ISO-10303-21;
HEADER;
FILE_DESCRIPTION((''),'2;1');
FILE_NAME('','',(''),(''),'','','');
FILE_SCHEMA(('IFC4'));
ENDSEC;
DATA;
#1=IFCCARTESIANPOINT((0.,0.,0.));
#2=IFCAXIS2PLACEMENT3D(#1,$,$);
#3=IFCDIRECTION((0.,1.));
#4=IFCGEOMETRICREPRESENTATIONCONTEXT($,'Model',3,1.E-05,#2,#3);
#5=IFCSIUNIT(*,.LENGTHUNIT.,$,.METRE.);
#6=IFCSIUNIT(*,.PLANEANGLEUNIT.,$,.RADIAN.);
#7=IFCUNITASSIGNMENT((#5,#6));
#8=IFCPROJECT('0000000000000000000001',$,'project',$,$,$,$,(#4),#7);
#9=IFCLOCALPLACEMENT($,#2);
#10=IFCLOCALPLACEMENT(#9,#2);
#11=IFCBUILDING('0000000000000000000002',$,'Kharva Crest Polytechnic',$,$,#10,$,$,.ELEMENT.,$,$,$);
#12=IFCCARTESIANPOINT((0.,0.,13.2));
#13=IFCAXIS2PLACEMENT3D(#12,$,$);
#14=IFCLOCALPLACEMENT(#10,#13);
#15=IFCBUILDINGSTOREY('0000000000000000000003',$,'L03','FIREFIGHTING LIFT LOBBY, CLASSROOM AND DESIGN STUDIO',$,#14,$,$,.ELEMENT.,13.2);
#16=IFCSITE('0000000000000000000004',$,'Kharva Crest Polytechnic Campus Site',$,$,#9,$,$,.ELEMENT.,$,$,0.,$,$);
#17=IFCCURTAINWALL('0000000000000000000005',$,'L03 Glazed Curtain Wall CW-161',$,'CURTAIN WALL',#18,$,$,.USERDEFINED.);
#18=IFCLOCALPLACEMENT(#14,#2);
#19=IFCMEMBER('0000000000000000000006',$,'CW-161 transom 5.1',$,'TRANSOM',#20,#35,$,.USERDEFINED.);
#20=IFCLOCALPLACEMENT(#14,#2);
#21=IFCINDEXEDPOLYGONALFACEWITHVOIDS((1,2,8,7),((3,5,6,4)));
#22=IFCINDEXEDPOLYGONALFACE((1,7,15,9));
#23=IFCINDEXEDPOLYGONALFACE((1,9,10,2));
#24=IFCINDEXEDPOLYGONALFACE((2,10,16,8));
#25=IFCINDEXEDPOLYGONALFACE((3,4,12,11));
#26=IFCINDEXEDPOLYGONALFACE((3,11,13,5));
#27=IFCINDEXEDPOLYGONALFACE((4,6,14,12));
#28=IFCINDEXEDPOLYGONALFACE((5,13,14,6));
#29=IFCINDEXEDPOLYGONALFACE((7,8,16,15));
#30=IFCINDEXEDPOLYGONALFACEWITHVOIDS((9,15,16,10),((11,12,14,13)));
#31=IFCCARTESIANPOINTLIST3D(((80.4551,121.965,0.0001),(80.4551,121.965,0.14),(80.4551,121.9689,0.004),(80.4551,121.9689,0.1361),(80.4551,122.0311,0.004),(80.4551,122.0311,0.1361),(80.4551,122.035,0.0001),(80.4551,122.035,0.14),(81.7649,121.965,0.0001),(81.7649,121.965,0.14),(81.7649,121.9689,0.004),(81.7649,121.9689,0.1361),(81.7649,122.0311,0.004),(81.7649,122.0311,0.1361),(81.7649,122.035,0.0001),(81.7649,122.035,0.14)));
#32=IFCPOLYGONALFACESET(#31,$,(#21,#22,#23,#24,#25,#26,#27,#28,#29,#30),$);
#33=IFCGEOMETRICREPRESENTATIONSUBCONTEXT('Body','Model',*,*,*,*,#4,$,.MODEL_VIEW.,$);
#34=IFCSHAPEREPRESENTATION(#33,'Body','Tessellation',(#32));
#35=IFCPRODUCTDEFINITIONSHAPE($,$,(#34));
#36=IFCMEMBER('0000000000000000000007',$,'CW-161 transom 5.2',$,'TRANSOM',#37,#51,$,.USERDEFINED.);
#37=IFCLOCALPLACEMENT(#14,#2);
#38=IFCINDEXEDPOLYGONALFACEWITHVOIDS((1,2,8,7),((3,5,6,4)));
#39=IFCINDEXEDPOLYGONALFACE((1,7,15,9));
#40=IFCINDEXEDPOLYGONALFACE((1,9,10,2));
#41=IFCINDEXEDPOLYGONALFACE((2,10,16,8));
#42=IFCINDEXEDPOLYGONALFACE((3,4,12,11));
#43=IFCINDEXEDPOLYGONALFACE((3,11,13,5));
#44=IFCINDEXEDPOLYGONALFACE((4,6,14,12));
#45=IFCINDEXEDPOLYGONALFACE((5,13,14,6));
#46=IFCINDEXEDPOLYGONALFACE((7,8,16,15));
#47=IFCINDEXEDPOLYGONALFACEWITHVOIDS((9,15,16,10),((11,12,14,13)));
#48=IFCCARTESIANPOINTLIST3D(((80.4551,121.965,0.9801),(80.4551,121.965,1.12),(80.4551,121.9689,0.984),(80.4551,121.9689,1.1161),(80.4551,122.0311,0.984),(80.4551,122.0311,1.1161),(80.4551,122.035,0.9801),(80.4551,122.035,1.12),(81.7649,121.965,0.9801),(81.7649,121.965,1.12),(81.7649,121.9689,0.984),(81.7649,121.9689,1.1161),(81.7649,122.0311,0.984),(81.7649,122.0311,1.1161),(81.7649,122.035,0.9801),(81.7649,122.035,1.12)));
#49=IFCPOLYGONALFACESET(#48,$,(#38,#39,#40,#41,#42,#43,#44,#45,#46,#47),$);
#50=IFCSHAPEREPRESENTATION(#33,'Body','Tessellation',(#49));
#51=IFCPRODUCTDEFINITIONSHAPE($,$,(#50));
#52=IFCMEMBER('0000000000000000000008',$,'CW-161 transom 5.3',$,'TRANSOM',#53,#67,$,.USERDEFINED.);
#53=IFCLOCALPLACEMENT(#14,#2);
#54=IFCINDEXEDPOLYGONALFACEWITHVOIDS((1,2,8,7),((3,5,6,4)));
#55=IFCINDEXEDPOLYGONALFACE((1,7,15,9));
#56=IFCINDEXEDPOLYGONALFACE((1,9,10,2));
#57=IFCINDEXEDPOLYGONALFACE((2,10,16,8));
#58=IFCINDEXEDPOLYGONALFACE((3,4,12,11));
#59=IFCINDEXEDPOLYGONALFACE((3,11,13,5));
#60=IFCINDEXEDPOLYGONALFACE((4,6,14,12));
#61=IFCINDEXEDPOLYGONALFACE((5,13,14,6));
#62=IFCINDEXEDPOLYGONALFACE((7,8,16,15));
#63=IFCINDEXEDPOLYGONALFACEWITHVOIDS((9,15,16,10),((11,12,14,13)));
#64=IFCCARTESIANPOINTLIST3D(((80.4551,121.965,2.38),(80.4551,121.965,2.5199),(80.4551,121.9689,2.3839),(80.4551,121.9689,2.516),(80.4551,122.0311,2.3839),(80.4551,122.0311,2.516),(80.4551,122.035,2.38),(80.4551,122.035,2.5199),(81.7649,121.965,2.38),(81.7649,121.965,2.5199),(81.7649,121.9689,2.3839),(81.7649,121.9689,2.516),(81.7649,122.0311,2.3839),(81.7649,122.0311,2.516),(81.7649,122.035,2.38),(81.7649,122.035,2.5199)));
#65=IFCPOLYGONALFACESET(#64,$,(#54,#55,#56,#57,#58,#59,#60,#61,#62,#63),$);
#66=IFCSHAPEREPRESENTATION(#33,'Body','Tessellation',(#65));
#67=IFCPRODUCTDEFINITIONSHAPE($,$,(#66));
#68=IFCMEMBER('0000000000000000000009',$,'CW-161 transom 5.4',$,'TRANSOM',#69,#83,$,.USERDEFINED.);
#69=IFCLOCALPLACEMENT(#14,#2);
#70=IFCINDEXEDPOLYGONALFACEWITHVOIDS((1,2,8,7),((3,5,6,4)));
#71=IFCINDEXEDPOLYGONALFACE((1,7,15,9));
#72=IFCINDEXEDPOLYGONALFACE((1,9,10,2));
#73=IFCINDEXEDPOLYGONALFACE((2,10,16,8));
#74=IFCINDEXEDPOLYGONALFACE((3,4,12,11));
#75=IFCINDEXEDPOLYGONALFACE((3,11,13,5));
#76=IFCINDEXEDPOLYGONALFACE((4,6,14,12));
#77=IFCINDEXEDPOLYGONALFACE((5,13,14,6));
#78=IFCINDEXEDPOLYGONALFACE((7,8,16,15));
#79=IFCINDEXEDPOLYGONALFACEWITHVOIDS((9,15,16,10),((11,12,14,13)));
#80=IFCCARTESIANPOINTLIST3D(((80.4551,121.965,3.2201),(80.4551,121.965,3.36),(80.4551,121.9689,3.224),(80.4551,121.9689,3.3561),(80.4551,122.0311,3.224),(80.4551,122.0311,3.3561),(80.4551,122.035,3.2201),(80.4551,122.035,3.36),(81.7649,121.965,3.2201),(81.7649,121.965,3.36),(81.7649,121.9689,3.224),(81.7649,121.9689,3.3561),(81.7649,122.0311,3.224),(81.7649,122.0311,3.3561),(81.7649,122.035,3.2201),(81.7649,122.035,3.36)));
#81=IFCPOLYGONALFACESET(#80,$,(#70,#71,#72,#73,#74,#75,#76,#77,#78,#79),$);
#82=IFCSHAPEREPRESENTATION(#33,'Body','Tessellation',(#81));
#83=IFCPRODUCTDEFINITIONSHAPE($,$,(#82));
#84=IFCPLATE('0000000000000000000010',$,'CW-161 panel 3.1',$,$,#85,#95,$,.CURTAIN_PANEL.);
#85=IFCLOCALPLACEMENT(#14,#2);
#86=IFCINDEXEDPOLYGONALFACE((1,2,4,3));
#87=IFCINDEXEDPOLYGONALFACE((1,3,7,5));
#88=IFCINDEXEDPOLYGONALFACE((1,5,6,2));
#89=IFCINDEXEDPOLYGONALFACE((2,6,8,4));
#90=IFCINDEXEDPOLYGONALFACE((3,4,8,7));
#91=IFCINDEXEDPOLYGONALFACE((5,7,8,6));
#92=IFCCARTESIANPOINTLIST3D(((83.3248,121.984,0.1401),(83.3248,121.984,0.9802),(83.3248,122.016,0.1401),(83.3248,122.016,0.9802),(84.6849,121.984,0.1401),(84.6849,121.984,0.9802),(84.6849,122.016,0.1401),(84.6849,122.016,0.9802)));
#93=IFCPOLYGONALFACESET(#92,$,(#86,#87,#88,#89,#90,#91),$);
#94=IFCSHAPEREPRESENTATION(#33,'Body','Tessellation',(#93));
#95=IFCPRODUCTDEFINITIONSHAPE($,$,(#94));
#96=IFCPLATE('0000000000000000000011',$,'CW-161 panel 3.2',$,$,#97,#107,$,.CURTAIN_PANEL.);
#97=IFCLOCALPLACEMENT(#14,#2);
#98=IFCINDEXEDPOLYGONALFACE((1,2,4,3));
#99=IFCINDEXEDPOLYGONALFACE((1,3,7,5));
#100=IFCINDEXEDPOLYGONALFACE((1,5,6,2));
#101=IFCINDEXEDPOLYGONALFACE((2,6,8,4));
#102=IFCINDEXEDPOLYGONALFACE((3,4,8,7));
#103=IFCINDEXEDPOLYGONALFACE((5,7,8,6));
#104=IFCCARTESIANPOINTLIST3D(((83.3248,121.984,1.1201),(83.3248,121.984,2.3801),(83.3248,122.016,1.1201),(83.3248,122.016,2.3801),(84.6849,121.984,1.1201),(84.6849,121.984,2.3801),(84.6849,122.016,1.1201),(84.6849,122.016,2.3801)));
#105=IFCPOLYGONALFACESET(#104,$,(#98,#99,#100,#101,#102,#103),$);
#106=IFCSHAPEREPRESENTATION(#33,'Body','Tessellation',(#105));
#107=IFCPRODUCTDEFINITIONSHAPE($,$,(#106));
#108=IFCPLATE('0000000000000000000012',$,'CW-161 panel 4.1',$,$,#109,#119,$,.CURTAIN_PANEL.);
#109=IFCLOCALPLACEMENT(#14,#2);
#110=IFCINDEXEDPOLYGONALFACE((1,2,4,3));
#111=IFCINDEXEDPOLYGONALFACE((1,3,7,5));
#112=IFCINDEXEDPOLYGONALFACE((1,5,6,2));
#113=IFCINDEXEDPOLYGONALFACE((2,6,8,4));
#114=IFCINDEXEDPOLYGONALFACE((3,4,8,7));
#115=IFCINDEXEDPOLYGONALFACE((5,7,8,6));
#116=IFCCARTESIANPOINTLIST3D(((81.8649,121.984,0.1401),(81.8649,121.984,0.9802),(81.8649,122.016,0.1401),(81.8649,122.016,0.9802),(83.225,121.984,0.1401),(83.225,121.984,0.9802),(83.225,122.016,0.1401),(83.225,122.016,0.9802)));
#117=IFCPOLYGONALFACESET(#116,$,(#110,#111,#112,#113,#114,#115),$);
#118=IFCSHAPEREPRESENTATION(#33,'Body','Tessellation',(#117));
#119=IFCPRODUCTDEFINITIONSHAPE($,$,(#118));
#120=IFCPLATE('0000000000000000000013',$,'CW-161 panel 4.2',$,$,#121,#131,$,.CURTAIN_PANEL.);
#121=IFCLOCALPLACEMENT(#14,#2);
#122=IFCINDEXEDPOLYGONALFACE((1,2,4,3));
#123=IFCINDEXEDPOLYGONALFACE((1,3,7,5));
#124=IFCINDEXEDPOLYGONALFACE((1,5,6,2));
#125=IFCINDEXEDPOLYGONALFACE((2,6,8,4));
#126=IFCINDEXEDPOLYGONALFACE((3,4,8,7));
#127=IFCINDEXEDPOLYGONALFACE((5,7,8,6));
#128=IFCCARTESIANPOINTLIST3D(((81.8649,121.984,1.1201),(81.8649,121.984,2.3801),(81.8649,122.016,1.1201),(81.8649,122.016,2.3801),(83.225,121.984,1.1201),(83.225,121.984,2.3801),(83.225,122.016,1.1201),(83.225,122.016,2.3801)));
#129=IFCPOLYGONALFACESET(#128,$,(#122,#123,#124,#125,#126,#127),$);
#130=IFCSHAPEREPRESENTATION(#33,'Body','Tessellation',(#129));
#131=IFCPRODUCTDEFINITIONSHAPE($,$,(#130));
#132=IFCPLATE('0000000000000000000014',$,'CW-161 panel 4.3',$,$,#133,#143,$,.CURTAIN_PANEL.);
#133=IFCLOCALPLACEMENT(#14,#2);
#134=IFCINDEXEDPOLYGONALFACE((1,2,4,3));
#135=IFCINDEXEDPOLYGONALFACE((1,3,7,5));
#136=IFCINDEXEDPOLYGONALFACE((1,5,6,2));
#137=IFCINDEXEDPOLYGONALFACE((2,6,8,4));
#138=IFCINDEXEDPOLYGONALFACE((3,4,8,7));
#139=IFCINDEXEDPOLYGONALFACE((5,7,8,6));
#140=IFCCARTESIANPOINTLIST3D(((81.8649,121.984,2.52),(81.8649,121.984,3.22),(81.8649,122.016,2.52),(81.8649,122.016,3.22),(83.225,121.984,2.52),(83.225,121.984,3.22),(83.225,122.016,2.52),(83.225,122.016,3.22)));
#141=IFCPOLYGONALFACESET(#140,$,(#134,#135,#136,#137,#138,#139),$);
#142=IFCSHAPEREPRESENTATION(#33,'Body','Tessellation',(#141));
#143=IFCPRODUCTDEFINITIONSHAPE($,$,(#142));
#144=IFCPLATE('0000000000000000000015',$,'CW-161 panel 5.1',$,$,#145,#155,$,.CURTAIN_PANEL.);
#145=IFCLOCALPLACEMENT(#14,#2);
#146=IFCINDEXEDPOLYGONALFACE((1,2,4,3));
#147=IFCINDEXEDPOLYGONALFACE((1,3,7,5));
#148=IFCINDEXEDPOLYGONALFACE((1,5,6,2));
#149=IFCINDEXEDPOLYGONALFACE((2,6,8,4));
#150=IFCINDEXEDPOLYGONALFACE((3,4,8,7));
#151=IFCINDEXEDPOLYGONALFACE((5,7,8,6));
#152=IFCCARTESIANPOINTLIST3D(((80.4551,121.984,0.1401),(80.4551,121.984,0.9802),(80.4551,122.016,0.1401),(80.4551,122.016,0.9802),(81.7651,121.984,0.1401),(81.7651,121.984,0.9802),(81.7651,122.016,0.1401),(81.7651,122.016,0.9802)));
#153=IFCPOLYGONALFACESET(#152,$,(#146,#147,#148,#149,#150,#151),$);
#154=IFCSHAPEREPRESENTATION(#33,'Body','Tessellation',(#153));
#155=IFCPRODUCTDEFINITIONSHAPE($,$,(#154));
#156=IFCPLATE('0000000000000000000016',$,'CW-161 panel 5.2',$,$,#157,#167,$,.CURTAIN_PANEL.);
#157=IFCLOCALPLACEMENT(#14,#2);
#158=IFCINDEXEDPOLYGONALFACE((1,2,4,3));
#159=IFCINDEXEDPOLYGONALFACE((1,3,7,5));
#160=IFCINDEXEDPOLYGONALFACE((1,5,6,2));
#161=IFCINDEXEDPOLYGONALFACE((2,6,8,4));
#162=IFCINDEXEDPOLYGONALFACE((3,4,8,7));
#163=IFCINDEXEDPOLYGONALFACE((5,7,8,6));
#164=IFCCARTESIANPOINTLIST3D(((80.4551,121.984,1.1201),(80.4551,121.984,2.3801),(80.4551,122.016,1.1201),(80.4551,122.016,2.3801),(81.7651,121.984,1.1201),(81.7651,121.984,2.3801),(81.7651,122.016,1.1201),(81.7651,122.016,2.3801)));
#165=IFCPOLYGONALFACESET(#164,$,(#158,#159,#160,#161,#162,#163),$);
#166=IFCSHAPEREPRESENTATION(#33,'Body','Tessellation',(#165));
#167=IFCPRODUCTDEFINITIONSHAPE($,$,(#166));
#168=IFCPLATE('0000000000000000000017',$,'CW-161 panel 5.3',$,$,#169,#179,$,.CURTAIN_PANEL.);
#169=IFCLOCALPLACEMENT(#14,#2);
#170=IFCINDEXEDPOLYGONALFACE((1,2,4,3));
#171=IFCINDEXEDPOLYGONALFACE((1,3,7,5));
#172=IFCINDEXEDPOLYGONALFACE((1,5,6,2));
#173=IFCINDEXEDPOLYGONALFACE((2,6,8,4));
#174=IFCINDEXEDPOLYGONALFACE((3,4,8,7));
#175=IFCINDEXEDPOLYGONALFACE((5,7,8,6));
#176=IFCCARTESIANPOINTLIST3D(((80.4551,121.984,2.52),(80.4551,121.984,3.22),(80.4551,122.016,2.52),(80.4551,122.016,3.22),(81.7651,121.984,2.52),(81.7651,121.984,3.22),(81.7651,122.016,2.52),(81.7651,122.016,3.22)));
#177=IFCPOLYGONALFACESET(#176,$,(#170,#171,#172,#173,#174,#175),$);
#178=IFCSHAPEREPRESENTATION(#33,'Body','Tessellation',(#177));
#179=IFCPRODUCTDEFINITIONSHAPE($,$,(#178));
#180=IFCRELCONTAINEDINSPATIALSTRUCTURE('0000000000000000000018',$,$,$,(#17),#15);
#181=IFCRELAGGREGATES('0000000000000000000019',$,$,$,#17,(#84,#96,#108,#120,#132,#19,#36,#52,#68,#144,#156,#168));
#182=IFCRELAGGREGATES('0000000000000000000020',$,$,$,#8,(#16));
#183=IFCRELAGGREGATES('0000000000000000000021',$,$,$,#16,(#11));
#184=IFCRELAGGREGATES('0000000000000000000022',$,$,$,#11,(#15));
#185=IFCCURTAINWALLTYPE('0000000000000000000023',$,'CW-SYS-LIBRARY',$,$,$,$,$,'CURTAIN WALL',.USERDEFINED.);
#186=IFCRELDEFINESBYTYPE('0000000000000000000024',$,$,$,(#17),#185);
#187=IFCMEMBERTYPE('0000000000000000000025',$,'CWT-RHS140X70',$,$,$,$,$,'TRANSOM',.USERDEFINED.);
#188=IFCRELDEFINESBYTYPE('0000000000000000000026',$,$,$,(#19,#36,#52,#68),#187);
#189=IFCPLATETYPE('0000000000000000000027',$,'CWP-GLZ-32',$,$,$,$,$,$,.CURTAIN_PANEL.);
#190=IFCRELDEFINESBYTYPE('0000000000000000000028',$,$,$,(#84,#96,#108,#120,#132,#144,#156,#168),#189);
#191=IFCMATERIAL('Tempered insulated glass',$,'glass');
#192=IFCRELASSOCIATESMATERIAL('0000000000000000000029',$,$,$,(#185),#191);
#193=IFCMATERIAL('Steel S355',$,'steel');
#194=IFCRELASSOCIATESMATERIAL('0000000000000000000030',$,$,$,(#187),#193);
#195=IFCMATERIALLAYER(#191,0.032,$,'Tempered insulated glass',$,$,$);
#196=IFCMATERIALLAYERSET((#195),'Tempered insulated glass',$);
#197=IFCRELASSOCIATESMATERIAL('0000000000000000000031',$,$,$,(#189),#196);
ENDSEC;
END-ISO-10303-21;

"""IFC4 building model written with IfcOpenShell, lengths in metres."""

from ifc_helpers import new_model, si_unit, direction, frame, origin, origin_2d, place, context, subcontext, project, spatial, rectangle, hollow_rectangle, extrude, material, layer, layer_set, material_profile, profile_set, type_object, element, aggregate, save


model = new_model("IFC4")

# Units and contexts
model_context = context("Model", 3, precision=1e-05, world=origin(), true_north=direction((0.0, 1.0)))
body_context = subcontext(model_context, "Body", "Model", "MODEL_VIEW")
ifc_project = project(units=[si_unit("LENGTHUNIT", "METRE"), si_unit("PLANEANGLEUNIT", "RADIAN")], contexts=[model_context])

# Site, building, storey
site_placement = place(None, origin())
site = spatial("IfcSite", under=ifc_project, at=site_placement, Name="Kharva Crest Polytechnic Campus Site", CompositionType="ELEMENT", RefElevation=0.0)
building_placement = place(site_placement, origin())
building = spatial("IfcBuilding", under=site, at=building_placement, Name="Kharva Crest Polytechnic", CompositionType="ELEMENT")
storey_placement = place(building_placement, frame((0.0, 0.0, 13.2)))
storey = spatial("IfcBuildingStorey", under=building, at=storey_placement, Name="L03", Description="FIREFIGHTING LIFT LOBBY, CLASSROOM AND DESIGN STUDIO", CompositionType="ELEMENT", Elevation=13.2)

# Curtain wall, members, plates
ifc_material_1 = material(Name="Tempered insulated glass", Category="glass")
curtain_wall_type = type_object("IfcCurtainWallType", Name="CW-SYS-LIBRARY", ElementType="CURTAIN WALL", PredefinedType="USERDEFINED", material=ifc_material_1)
curtain_wall_placement = place(storey_placement, origin())
curtain_wall = element("IfcCurtainWall", 1, at=curtain_wall_placement, inside=storey, type_object=curtain_wall_type, Name="L03 Glazed Curtain Wall CW-161", ObjectType="CURTAIN WALL", PredefinedType="USERDEFINED")
ifc_material_2 = material(Name="Steel S355", Category="steel")
ifc_material_profile_1 = material_profile(ifc_material_2, hollow_rectangle(XDim=0.0701, YDim=0.1399, WallThickness=0.0039, at=origin_2d()), Name="RHS 140X70X4.0")
ifc_profile_set_1 = profile_set([ifc_material_profile_1], Name="Steel S355")
member_type_1 = type_object("IfcMemberType", Name="CWT-RHS140X70", ElementType="TRANSOM", PredefinedType="USERDEFINED", material=ifc_profile_set_1)
member_1_placement = place(storey_placement, frame((81.7649, 122.0, 0.0701), z_axis=(-1.0, 0.0, 0.0), x_axis=(0.0, -1.0, 0.0)))
member_1 = element("IfcMember", 2, at=member_1_placement, type_object=member_type_1, Name="CW-161 transom 5.1", ObjectType="TRANSOM", PredefinedType="USERDEFINED", context=body_context, shape_type="SweptSolid", body=[
    extrude(hollow_rectangle(XDim=0.0701, YDim=0.1399, WallThickness=0.0039, at=origin_2d()), origin(), (0.0, 0.0, 1.0), 1.3098),
])
member_2_placement = place(storey_placement, frame((81.7649, 122.0, 1.05), z_axis=(-1.0, 0.0, 0.0), x_axis=(0.0, -1.0, 0.0)))
member_2 = element("IfcMember", 3, at=member_2_placement, type_object=member_type_1, Name="CW-161 transom 5.2", ObjectType="TRANSOM", PredefinedType="USERDEFINED", context=body_context, shape_type="SweptSolid", body=[
    extrude(hollow_rectangle(XDim=0.0701, YDim=0.1399, WallThickness=0.0039, at=origin_2d()), origin(), (0.0, 0.0, 1.0), 1.3098),
])
member_3_placement = place(storey_placement, frame((81.7649, 122.0, 2.45), z_axis=(-1.0, 0.0, 0.0), x_axis=(0.0, -1.0, 0.0)))
member_3 = element("IfcMember", 4, at=member_3_placement, type_object=member_type_1, Name="CW-161 transom 5.3", ObjectType="TRANSOM", PredefinedType="USERDEFINED", context=body_context, shape_type="SweptSolid", body=[
    extrude(hollow_rectangle(XDim=0.0701, YDim=0.1399, WallThickness=0.0039, at=origin_2d()), origin(), (0.0, 0.0, 1.0), 1.3098),
])
member_4_placement = place(storey_placement, frame((81.7649, 122.0, 3.29), z_axis=(-1.0, 0.0, 0.0), x_axis=(0.0, -1.0, 0.0)))
member_4 = element("IfcMember", 5, at=member_4_placement, type_object=member_type_1, Name="CW-161 transom 5.4", ObjectType="TRANSOM", PredefinedType="USERDEFINED", context=body_context, shape_type="SweptSolid", body=[
    extrude(hollow_rectangle(XDim=0.0701, YDim=0.1399, WallThickness=0.0039, at=origin_2d()), origin(), (0.0, 0.0, 1.0), 1.3098),
])
ifc_layer = layer(ifc_material_1, 0.032, Name="Tempered insulated glass")
ifc_layer_set = layer_set([ifc_layer], Name="Tempered insulated glass")
plate_type = type_object("IfcPlateType", Name="CWP-GLZ-32", PredefinedType="CURTAIN_PANEL", material=ifc_layer_set)
plate_1_placement = place(storey_placement, frame((84.0049, 122.0, 0.1401), z_axis=(0.0, 0.0, 1.0), x_axis=(-1.0, 0.0, 0.0)))
plate_1 = element("IfcPlate", 6, at=plate_1_placement, type_object=plate_type, Name="CW-161 panel 3.1", PredefinedType="CURTAIN_PANEL", context=body_context, shape_type="SweptSolid", body=[
    extrude(rectangle(XDim=1.3601, YDim=0.032, at=origin_2d()), origin(), (0.0, 0.0, 1.0), 0.8401),
])
plate_2_placement = place(storey_placement, frame((84.0049, 122.0, 1.1201), z_axis=(0.0, 0.0, 1.0), x_axis=(-1.0, 0.0, 0.0)))
plate_2 = element("IfcPlate", 7, at=plate_2_placement, type_object=plate_type, Name="CW-161 panel 3.2", PredefinedType="CURTAIN_PANEL", context=body_context, shape_type="SweptSolid", body=[
    extrude(rectangle(XDim=1.3601, YDim=0.032, at=origin_2d()), origin(), (0.0, 0.0, 1.0), 1.26),
])
plate_3_placement = place(storey_placement, frame((82.5449, 122.0, 0.1401), z_axis=(0.0, 0.0, 1.0), x_axis=(-1.0, 0.0, 0.0)))
plate_3 = element("IfcPlate", 8, at=plate_3_placement, type_object=plate_type, Name="CW-161 panel 4.1", PredefinedType="CURTAIN_PANEL", context=body_context, shape_type="SweptSolid", body=[
    extrude(rectangle(XDim=1.3601, YDim=0.032, at=origin_2d()), origin(), (0.0, 0.0, 1.0), 0.8401),
])
plate_4_placement = place(storey_placement, frame((82.5449, 122.0, 1.1201), z_axis=(0.0, 0.0, 1.0), x_axis=(-1.0, 0.0, 0.0)))
plate_4 = element("IfcPlate", 9, at=plate_4_placement, type_object=plate_type, Name="CW-161 panel 4.2", PredefinedType="CURTAIN_PANEL", context=body_context, shape_type="SweptSolid", body=[
    extrude(rectangle(XDim=1.3601, YDim=0.032, at=origin_2d()), origin(), (0.0, 0.0, 1.0), 1.26),
])
plate_5_placement = place(storey_placement, frame((82.5449, 122.0, 2.52), z_axis=(0.0, 0.0, 1.0), x_axis=(-1.0, 0.0, 0.0)))
plate_5 = element("IfcPlate", 10, at=plate_5_placement, type_object=plate_type, Name="CW-161 panel 4.3", PredefinedType="CURTAIN_PANEL", context=body_context, shape_type="SweptSolid", body=[
    extrude(rectangle(XDim=1.3601, YDim=0.032, at=origin_2d()), origin(), (0.0, 0.0, 1.0), 0.7),
])
plate_6_placement = place(storey_placement, frame((81.1101, 122.0, 0.1401), z_axis=(0.0, 0.0, 1.0), x_axis=(-1.0, 0.0, 0.0)))
plate_6 = element("IfcPlate", 11, at=plate_6_placement, type_object=plate_type, Name="CW-161 panel 5.1", PredefinedType="CURTAIN_PANEL", context=body_context, shape_type="SweptSolid", body=[
    extrude(rectangle(XDim=1.3101, YDim=0.032, at=origin_2d()), origin(), (0.0, 0.0, 1.0), 0.8401),
])
plate_7_placement = place(storey_placement, frame((81.1101, 122.0, 1.1201), z_axis=(0.0, 0.0, 1.0), x_axis=(-1.0, 0.0, 0.0)))
plate_7 = element("IfcPlate", 12, at=plate_7_placement, type_object=plate_type, Name="CW-161 panel 5.2", PredefinedType="CURTAIN_PANEL", context=body_context, shape_type="SweptSolid", body=[
    extrude(rectangle(XDim=1.3101, YDim=0.032, at=origin_2d()), origin(), (0.0, 0.0, 1.0), 1.26),
])
plate_8_placement = place(storey_placement, frame((81.1101, 122.0, 2.52), z_axis=(0.0, 0.0, 1.0), x_axis=(-1.0, 0.0, 0.0)))
plate_8 = element("IfcPlate", 13, at=plate_8_placement, type_object=plate_type, Name="CW-161 panel 5.3", PredefinedType="CURTAIN_PANEL", context=body_context, shape_type="SweptSolid", body=[
    extrude(rectangle(XDim=1.3101, YDim=0.032, at=origin_2d()), origin(), (0.0, 0.0, 1.0), 0.7),
])
aggregate(curtain_wall, [plate_1, plate_2, plate_3, plate_4, plate_5, member_1, member_2, member_3, member_4, plate_6, plate_7, plate_8])

save(model, "model.ifc")
